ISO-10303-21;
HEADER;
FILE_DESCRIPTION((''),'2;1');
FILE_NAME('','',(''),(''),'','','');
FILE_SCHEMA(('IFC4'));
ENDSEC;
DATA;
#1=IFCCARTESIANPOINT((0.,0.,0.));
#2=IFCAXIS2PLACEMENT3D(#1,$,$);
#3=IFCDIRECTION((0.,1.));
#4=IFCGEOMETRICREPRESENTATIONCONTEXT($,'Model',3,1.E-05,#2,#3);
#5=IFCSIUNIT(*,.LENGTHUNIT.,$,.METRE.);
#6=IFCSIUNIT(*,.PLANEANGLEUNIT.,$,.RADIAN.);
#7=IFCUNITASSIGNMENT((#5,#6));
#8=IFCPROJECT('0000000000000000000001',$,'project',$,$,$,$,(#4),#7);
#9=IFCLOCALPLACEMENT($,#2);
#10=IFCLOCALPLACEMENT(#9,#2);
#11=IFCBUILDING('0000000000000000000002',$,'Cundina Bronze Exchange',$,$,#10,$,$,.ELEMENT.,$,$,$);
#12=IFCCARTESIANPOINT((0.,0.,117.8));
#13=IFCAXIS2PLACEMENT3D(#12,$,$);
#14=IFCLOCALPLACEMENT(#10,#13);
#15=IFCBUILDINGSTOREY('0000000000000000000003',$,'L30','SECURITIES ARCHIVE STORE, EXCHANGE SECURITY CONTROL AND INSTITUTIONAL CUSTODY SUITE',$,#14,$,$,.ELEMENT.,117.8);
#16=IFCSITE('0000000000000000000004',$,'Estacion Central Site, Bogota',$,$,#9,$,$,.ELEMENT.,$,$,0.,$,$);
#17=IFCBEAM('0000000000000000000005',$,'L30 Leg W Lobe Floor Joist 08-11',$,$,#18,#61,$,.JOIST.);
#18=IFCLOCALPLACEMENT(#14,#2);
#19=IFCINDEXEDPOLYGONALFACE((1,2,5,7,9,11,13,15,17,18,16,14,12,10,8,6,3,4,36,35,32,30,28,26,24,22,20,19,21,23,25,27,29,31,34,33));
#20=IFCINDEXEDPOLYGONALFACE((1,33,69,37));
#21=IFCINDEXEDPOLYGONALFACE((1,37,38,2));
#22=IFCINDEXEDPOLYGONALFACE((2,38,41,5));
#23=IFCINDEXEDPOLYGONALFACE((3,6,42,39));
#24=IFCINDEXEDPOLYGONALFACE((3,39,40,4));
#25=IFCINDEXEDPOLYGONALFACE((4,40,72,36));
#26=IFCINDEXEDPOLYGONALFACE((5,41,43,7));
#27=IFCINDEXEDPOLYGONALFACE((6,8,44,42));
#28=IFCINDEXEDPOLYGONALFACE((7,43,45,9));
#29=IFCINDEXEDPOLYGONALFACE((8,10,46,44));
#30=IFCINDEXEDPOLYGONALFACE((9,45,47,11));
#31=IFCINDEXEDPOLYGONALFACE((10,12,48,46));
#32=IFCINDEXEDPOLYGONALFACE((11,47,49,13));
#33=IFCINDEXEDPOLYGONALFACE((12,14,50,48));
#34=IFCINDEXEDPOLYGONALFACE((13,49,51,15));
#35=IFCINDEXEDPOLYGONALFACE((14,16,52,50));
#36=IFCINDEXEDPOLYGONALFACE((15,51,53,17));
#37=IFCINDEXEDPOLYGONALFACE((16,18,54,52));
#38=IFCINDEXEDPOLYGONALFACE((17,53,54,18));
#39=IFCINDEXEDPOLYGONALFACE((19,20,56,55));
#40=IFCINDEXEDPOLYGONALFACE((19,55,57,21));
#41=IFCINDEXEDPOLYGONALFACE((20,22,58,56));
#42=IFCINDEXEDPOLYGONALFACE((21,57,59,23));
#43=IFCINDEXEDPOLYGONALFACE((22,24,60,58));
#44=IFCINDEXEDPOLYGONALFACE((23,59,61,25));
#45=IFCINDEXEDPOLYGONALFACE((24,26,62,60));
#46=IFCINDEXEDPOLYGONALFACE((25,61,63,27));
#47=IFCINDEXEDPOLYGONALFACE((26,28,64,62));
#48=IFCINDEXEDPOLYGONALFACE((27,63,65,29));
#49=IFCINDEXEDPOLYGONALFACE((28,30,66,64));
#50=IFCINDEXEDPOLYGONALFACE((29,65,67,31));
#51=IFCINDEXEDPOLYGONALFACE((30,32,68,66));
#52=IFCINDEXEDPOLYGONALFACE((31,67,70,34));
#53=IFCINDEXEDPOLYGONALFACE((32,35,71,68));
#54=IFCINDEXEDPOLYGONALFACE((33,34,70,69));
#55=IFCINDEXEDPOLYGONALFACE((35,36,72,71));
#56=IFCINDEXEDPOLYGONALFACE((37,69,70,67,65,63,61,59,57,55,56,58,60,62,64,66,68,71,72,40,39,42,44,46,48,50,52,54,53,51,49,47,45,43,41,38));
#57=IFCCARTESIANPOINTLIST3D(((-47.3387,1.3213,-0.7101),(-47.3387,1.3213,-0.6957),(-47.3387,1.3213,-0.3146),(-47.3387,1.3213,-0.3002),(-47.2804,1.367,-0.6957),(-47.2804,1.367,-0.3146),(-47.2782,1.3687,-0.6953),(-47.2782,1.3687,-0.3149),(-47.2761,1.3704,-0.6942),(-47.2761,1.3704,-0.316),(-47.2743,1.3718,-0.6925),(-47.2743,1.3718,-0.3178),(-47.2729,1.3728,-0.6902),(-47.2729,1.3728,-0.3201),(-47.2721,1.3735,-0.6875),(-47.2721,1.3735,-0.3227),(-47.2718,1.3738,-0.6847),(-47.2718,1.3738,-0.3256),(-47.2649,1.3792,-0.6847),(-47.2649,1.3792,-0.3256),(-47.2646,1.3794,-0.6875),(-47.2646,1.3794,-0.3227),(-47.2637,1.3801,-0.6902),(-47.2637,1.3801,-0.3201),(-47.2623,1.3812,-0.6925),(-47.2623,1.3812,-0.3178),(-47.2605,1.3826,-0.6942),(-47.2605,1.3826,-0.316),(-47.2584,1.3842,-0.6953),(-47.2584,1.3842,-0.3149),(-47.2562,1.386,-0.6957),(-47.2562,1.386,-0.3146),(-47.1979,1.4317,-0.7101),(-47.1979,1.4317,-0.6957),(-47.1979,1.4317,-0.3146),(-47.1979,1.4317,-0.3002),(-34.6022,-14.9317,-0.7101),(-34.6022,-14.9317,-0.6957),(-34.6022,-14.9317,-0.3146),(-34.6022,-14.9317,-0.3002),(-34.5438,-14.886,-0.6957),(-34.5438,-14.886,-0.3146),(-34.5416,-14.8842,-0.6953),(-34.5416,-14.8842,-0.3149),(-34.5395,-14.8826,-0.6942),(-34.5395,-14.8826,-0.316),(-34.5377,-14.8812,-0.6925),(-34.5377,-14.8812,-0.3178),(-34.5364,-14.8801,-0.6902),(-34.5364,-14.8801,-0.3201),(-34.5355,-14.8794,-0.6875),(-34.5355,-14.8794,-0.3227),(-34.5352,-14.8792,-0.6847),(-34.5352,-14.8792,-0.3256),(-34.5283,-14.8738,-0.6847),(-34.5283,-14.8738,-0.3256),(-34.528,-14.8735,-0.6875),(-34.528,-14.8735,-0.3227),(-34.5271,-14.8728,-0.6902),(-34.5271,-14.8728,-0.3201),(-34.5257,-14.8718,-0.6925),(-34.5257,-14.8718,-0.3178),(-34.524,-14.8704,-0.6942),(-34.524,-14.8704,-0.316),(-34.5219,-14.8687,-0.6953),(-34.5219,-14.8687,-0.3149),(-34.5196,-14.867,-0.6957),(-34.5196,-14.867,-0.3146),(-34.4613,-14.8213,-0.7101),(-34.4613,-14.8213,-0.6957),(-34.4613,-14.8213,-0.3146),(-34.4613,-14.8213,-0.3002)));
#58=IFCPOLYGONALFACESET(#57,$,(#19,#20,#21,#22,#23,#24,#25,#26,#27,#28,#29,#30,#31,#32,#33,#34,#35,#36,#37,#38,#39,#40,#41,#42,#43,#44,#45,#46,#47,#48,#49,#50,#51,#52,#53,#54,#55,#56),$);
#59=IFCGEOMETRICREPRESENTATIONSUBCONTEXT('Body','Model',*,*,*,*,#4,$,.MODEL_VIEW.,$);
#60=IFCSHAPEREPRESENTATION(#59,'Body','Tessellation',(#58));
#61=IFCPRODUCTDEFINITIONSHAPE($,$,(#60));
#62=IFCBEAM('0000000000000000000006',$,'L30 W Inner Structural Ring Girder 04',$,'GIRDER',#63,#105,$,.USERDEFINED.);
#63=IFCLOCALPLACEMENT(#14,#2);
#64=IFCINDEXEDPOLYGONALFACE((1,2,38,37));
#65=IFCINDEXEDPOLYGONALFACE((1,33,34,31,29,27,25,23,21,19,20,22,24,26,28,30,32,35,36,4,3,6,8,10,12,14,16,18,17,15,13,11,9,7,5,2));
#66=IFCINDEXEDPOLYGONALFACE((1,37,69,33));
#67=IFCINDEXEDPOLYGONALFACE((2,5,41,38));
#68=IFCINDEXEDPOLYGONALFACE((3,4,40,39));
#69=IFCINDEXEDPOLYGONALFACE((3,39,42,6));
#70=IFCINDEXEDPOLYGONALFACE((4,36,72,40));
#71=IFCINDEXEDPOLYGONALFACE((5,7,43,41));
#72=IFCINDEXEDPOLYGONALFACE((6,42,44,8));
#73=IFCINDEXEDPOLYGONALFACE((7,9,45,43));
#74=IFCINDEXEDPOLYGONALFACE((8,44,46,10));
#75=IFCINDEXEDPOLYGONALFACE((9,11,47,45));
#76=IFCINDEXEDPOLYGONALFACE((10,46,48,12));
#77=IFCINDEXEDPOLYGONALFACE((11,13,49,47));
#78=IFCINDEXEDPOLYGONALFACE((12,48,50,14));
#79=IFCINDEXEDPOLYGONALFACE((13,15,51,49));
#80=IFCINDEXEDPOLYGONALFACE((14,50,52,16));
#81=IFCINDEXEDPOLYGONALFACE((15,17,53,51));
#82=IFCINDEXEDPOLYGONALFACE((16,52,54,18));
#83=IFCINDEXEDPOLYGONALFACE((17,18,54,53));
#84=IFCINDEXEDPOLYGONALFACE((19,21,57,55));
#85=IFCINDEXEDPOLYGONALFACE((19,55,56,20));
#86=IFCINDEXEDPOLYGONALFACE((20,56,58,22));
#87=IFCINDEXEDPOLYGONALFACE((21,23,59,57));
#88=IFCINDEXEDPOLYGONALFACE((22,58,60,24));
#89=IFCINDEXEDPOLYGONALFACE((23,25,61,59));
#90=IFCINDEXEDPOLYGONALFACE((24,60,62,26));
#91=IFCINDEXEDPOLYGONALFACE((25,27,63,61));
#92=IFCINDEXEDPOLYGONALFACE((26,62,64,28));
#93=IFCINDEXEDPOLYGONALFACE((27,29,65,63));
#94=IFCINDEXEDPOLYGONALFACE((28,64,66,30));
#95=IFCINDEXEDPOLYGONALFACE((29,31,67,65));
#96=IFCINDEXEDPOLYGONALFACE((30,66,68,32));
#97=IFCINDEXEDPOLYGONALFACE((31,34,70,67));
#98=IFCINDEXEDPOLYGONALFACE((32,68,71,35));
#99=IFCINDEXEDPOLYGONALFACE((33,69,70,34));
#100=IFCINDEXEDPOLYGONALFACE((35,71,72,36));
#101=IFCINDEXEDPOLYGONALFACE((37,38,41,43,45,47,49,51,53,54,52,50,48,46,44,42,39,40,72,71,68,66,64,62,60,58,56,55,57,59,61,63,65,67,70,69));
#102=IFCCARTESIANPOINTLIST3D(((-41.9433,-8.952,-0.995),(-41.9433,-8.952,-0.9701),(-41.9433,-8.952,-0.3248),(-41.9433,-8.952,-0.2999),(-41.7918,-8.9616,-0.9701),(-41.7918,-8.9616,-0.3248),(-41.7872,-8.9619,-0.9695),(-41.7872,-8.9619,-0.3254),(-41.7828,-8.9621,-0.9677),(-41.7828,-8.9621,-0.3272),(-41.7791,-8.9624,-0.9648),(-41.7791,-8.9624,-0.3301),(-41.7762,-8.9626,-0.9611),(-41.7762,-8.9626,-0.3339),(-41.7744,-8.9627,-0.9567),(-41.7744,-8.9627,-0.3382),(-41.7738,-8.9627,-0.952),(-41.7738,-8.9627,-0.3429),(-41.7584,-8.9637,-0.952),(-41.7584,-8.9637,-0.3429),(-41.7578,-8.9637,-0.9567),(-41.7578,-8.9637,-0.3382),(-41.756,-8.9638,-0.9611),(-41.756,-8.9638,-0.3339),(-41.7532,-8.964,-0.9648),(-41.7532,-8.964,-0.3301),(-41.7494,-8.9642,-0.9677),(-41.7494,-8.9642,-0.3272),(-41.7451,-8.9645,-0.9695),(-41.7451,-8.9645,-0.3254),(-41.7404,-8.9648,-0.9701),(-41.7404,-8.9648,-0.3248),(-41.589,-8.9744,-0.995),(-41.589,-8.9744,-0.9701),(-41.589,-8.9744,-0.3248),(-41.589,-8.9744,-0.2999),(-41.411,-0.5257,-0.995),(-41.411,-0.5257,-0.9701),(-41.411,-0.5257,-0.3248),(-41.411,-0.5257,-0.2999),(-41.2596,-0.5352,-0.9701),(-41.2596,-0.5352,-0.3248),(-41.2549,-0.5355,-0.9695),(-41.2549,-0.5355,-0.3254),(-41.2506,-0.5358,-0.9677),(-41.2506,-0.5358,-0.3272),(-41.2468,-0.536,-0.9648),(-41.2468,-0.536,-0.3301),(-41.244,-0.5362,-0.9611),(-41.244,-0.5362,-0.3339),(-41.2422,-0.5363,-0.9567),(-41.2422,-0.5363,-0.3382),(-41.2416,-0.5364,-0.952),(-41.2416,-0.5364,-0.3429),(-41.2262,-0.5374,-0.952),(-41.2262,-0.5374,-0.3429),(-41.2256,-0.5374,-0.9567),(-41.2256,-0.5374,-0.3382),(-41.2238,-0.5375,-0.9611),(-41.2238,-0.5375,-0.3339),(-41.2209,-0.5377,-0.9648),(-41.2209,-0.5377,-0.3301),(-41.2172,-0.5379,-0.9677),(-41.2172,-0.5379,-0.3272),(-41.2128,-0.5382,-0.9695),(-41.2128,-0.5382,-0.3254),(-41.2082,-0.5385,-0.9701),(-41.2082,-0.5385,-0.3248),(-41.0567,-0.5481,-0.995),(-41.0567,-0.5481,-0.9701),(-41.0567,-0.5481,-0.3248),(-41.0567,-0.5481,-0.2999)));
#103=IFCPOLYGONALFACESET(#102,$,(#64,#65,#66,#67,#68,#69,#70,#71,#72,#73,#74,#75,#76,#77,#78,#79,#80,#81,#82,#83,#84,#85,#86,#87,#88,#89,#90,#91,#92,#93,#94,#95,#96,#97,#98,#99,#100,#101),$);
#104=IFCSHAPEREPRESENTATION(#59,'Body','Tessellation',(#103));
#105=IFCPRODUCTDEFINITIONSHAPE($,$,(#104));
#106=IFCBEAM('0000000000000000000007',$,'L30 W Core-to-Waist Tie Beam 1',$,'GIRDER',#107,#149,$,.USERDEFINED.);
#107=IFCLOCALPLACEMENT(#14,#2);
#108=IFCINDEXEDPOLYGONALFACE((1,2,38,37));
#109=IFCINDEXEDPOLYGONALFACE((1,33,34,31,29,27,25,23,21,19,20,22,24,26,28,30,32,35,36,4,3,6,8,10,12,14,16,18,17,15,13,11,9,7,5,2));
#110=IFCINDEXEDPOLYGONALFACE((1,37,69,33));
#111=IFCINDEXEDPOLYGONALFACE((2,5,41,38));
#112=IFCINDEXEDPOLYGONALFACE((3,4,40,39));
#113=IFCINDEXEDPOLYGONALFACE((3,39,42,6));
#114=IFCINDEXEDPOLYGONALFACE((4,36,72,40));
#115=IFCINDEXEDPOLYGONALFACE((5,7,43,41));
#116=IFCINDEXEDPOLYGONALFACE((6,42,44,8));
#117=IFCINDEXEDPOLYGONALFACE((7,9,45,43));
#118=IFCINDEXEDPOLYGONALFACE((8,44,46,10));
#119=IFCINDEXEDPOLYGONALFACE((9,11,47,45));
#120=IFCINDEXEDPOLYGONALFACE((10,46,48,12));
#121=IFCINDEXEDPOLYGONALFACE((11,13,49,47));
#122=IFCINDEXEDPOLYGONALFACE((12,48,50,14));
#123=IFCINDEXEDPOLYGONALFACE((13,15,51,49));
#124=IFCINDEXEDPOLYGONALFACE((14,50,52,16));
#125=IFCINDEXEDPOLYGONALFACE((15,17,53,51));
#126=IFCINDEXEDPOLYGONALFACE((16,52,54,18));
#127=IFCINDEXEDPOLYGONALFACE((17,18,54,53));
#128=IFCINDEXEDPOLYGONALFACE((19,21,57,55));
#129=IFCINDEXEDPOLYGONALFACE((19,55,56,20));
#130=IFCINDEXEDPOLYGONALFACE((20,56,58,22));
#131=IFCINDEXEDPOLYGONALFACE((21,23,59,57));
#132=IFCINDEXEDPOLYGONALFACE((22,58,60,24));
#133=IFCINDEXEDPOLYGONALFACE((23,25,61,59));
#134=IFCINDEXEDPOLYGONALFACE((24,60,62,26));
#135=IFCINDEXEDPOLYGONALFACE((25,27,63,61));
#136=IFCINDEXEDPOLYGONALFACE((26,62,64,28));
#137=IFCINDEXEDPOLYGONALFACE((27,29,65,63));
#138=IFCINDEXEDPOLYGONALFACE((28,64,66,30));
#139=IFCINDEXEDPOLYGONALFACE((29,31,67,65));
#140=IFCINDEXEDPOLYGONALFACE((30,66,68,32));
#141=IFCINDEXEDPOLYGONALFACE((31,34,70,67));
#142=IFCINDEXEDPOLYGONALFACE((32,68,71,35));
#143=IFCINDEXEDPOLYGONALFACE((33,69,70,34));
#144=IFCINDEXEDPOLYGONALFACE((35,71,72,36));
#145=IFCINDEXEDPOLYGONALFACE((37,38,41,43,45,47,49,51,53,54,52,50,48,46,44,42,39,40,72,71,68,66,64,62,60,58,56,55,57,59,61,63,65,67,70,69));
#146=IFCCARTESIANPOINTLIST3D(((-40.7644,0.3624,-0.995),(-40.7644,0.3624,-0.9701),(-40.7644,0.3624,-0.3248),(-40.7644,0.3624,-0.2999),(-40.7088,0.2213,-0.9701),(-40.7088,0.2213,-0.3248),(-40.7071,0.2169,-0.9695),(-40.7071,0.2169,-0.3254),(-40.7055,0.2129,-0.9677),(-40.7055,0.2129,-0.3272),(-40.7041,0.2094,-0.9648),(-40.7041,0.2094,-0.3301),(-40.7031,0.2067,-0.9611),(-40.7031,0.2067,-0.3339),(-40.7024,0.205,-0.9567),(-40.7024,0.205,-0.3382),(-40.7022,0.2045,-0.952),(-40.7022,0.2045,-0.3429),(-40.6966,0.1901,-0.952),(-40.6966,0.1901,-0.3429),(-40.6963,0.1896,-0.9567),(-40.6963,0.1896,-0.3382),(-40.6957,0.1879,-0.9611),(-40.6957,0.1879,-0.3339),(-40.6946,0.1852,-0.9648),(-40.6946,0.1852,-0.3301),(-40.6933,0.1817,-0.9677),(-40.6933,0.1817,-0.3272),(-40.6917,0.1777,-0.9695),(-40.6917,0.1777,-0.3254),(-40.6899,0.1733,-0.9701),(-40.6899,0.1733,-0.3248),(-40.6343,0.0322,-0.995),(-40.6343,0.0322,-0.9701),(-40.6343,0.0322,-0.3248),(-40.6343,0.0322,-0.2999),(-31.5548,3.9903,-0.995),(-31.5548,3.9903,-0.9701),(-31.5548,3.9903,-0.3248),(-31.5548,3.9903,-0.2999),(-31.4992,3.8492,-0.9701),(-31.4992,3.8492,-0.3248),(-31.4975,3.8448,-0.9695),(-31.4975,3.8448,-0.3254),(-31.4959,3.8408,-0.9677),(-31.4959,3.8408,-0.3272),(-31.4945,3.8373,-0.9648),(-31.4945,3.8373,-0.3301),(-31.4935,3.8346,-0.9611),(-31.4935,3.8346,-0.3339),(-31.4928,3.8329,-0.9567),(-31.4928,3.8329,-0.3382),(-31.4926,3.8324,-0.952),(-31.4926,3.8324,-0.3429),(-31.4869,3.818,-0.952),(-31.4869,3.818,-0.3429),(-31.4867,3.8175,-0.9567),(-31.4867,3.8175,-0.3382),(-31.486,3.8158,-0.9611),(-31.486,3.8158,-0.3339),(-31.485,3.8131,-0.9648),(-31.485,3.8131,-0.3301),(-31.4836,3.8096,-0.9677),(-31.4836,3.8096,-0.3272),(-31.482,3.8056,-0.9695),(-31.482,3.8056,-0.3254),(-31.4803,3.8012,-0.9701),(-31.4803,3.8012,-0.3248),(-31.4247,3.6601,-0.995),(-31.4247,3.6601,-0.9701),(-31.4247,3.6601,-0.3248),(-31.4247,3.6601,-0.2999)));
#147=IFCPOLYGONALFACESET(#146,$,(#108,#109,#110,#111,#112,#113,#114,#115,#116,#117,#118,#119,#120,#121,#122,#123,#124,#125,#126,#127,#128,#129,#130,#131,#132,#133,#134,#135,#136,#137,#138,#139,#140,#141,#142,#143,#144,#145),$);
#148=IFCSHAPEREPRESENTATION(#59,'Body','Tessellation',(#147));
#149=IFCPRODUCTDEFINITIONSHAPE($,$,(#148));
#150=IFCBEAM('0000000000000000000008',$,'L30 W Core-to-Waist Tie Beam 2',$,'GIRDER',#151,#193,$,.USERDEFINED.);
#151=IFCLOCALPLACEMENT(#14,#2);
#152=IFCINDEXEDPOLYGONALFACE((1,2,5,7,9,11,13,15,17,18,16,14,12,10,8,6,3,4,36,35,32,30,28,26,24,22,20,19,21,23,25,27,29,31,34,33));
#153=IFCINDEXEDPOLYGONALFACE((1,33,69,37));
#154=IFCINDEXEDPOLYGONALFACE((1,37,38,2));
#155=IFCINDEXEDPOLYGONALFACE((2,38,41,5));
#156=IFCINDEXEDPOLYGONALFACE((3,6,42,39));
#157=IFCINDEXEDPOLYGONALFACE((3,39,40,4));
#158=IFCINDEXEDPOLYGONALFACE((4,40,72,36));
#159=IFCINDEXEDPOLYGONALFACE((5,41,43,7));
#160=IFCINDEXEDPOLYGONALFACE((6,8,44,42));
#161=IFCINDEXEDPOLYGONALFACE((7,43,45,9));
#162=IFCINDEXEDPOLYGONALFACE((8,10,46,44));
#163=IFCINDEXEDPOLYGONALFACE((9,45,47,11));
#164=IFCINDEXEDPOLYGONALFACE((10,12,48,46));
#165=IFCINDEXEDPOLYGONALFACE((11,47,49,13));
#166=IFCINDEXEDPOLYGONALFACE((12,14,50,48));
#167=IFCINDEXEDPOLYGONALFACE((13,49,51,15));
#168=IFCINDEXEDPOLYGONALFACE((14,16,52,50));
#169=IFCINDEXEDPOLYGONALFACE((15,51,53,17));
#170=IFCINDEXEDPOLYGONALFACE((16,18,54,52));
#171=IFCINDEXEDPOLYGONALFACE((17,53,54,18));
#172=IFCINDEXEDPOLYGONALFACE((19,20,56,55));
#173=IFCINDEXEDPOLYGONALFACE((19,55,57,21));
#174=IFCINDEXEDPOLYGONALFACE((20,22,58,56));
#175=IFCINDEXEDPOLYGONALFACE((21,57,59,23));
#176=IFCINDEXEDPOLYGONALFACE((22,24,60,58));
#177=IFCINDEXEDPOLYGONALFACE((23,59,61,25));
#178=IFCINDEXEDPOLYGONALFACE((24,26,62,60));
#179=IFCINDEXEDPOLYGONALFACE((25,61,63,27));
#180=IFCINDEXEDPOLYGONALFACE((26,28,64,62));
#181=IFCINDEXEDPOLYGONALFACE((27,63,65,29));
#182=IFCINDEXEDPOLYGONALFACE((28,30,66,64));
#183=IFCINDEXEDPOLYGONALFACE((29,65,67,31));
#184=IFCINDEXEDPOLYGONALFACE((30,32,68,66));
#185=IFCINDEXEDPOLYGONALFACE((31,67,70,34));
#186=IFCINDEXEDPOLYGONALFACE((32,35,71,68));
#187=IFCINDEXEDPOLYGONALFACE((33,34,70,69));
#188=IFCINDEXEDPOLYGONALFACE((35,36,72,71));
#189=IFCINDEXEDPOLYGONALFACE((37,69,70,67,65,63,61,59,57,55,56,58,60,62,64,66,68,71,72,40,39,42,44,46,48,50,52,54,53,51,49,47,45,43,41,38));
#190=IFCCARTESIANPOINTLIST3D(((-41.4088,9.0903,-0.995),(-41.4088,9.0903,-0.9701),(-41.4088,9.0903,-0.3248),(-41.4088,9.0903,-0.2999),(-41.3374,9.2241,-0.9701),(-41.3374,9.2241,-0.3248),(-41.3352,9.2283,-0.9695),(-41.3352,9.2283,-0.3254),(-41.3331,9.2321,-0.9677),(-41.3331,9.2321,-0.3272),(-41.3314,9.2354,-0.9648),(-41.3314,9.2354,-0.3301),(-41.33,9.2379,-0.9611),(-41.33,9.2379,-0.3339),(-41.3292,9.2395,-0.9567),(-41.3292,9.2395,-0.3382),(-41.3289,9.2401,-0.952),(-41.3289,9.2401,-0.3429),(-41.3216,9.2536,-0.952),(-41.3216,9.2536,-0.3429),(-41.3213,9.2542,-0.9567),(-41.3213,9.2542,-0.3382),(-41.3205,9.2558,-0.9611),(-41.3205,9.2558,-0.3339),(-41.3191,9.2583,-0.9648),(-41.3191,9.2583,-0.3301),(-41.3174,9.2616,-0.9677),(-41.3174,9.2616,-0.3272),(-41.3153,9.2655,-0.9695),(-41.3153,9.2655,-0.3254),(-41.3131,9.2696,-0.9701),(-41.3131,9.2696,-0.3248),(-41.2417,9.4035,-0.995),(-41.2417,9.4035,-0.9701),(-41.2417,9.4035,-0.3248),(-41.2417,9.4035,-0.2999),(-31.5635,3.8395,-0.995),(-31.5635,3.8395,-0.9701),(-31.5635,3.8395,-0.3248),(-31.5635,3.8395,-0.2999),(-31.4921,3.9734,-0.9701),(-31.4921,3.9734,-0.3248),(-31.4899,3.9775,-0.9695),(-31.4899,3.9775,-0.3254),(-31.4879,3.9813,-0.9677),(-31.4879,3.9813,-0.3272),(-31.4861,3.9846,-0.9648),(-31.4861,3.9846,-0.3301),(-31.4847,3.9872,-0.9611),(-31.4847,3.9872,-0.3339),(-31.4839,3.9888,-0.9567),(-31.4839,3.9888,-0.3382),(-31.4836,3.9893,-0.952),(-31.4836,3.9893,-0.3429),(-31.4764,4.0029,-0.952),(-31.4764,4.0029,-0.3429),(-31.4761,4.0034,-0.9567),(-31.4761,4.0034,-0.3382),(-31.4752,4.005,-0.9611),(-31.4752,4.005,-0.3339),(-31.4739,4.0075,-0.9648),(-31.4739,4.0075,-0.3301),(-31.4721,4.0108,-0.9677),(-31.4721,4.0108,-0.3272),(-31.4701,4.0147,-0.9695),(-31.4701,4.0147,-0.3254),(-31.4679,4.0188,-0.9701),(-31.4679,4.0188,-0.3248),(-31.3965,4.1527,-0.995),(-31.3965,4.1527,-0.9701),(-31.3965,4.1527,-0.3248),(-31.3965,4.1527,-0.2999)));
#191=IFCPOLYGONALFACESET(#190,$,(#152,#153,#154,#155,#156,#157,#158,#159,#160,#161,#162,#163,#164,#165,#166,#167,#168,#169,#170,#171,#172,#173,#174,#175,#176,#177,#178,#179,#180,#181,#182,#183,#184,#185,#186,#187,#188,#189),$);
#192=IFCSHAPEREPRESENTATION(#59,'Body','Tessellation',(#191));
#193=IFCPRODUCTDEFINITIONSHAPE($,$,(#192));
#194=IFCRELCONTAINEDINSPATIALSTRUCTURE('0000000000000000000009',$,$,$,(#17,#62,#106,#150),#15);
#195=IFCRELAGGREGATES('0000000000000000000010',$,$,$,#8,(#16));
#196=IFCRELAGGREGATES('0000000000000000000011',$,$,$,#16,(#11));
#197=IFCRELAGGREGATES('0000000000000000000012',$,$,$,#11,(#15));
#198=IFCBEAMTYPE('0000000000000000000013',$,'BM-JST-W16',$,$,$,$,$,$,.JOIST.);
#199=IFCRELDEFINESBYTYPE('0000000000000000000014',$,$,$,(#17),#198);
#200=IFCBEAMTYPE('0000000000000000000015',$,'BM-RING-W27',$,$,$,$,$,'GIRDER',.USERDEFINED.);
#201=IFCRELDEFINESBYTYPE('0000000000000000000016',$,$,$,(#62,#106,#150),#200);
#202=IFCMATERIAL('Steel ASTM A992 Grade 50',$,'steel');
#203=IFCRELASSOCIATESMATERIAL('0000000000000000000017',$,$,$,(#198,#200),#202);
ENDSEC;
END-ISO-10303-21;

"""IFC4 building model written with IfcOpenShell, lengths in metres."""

from ifc_helpers import new_model, si_unit, direction, frame, origin, origin_2d, place, context, subcontext, project, spatial, i_section, extrude, material, material_profile, profile_set, type_object, element, save


model = new_model("IFC4")

# Units and contexts
model_context = context("Model", 3, precision=1e-05, world=origin(), true_north=direction((0.0, 1.0)))
body_context = subcontext(model_context, "Body", "Model", "MODEL_VIEW")
ifc_project = project(units=[si_unit("LENGTHUNIT", "METRE"), si_unit("PLANEANGLEUNIT", "RADIAN")], contexts=[model_context])

# Site, building, storey
site_placement = place(None, origin())
site = spatial("IfcSite", under=ifc_project, at=site_placement, Name="Estacion Central Site, Bogota", CompositionType="ELEMENT", RefElevation=0.0)
building_placement = place(site_placement, origin())
building = spatial("IfcBuilding", under=site, at=building_placement, Name="Cundina Bronze Exchange", CompositionType="ELEMENT")
storey_placement = place(building_placement, frame((0.0, 0.0, 117.8)))
storey = spatial("IfcBuildingStorey", under=building, at=storey_placement, Name="L30", Description="SECURITIES ARCHIVE STORE, EXCHANGE SECURITY CONTROL AND INSTITUTIONAL CUSTODY SUITE", CompositionType="ELEMENT", Elevation=117.8)

# Shared definitions
ifc_material_1 = material(Name="Steel ASTM A992 Grade 50", Category="steel")

# Beams
ifc_material_profile_1 = material_profile(ifc_material_1, i_section(OverallWidth=0.179, OverallDepth=0.4099, WebThickness=0.0088, FlangeThickness=0.0144, FilletRadius=0.011, at=origin_2d()), Name="W16X45", Category="steel")
ifc_profile_set_1 = profile_set([ifc_material_profile_1], Name="Steel ASTM A992 Grade 50")
beam_type_1 = type_object("IfcBeamType", Name="BM-JST-W16", PredefinedType="JOIST", material=ifc_profile_set_1)
beam_1_placement = place(storey_placement, frame((-47.2683, 1.3765, -0.5051), z_axis=(0.616815, -0.787108, 0.0), x_axis=(0.787108, 0.616815, 0.0)))
element("IfcBeam", 1, at=beam_1_placement, inside=storey, type_object=beam_type_1, Name="L30 Leg W Lobe Floor Joist 08-11", PredefinedType="JOIST", context=body_context, shape_type="SweptSolid", body=[
    extrude(i_section(OverallWidth=0.179, OverallDepth=0.4099, WebThickness=0.0088, FlangeThickness=0.0144, FilletRadius=0.011, at=origin_2d()), origin(), (0.0, 0.0, 1.0), 20.6489),
])
ifc_material_profile_2 = material_profile(ifc_material_1, i_section(OverallWidth=0.355, OverallDepth=0.6951, WebThickness=0.0154, FlangeThickness=0.0249, FilletRadius=0.0181, at=origin_2d()), Name="W27X146", Category="steel")
ifc_profile_set_2 = profile_set([ifc_material_profile_2], Name="Steel ASTM A992 Grade 50")
beam_type_2 = type_object("IfcBeamType", Name="BM-RING-W27", ElementType="GIRDER", PredefinedType="USERDEFINED", material=ifc_profile_set_2)
beam_2_placement = place(storey_placement, frame((-41.2339, -0.5369, -0.6475), z_axis=(-0.063037, -0.998011, 0.0), x_axis=(0.998011, -0.063037, 0.0)))
element("IfcBeam", 2, at=beam_2_placement, inside=storey, type_object=beam_type_2, Name="L30 W Inner Structural Ring Girder 04", ObjectType="GIRDER", PredefinedType="USERDEFINED", context=body_context, shape_type="SweptSolid", body=[
    extrude(i_section(OverallWidth=0.355, OverallDepth=0.6951, WebThickness=0.0154, FlangeThickness=0.0249, FilletRadius=0.0181, at=origin_2d()), origin(), (0.0, 0.0, 1.0), 8.4431),
])
beam_3_placement = place(storey_placement, frame((-31.4897, 3.8252, -0.6475), z_axis=(-0.930413, -0.366512, 0.0), x_axis=(0.366512, -0.930413, 0.0)))
element("IfcBeam", 3, at=beam_3_placement, inside=storey, type_object=beam_type_2, Name="L30 W Core-to-Waist Tie Beam 1", ObjectType="GIRDER", PredefinedType="USERDEFINED", context=body_context, shape_type="SweptSolid", body=[
    extrude(i_section(OverallWidth=0.355, OverallDepth=0.6951, WebThickness=0.0154, FlangeThickness=0.0249, FilletRadius=0.0181, at=origin_2d()), origin(), (0.0, 0.0, 1.0), 9.8984),
])
beam_4_placement = place(storey_placement, frame((-31.48, 3.9961, -0.6475), z_axis=(-0.882355, 0.470585, 0.0), x_axis=(-0.470585, -0.882355, 0.0)))
element("IfcBeam", 4, at=beam_4_placement, inside=storey, type_object=beam_type_2, Name="L30 W Core-to-Waist Tie Beam 2", ObjectType="GIRDER", PredefinedType="USERDEFINED", context=body_context, shape_type="SweptSolid", body=[
    extrude(i_section(OverallWidth=0.355, OverallDepth=0.6951, WebThickness=0.0154, FlangeThickness=0.0249, FilletRadius=0.0181, at=origin_2d()), origin(), (0.0, 0.0, 1.0), 11.158),
])

save(model, "model.ifc")
